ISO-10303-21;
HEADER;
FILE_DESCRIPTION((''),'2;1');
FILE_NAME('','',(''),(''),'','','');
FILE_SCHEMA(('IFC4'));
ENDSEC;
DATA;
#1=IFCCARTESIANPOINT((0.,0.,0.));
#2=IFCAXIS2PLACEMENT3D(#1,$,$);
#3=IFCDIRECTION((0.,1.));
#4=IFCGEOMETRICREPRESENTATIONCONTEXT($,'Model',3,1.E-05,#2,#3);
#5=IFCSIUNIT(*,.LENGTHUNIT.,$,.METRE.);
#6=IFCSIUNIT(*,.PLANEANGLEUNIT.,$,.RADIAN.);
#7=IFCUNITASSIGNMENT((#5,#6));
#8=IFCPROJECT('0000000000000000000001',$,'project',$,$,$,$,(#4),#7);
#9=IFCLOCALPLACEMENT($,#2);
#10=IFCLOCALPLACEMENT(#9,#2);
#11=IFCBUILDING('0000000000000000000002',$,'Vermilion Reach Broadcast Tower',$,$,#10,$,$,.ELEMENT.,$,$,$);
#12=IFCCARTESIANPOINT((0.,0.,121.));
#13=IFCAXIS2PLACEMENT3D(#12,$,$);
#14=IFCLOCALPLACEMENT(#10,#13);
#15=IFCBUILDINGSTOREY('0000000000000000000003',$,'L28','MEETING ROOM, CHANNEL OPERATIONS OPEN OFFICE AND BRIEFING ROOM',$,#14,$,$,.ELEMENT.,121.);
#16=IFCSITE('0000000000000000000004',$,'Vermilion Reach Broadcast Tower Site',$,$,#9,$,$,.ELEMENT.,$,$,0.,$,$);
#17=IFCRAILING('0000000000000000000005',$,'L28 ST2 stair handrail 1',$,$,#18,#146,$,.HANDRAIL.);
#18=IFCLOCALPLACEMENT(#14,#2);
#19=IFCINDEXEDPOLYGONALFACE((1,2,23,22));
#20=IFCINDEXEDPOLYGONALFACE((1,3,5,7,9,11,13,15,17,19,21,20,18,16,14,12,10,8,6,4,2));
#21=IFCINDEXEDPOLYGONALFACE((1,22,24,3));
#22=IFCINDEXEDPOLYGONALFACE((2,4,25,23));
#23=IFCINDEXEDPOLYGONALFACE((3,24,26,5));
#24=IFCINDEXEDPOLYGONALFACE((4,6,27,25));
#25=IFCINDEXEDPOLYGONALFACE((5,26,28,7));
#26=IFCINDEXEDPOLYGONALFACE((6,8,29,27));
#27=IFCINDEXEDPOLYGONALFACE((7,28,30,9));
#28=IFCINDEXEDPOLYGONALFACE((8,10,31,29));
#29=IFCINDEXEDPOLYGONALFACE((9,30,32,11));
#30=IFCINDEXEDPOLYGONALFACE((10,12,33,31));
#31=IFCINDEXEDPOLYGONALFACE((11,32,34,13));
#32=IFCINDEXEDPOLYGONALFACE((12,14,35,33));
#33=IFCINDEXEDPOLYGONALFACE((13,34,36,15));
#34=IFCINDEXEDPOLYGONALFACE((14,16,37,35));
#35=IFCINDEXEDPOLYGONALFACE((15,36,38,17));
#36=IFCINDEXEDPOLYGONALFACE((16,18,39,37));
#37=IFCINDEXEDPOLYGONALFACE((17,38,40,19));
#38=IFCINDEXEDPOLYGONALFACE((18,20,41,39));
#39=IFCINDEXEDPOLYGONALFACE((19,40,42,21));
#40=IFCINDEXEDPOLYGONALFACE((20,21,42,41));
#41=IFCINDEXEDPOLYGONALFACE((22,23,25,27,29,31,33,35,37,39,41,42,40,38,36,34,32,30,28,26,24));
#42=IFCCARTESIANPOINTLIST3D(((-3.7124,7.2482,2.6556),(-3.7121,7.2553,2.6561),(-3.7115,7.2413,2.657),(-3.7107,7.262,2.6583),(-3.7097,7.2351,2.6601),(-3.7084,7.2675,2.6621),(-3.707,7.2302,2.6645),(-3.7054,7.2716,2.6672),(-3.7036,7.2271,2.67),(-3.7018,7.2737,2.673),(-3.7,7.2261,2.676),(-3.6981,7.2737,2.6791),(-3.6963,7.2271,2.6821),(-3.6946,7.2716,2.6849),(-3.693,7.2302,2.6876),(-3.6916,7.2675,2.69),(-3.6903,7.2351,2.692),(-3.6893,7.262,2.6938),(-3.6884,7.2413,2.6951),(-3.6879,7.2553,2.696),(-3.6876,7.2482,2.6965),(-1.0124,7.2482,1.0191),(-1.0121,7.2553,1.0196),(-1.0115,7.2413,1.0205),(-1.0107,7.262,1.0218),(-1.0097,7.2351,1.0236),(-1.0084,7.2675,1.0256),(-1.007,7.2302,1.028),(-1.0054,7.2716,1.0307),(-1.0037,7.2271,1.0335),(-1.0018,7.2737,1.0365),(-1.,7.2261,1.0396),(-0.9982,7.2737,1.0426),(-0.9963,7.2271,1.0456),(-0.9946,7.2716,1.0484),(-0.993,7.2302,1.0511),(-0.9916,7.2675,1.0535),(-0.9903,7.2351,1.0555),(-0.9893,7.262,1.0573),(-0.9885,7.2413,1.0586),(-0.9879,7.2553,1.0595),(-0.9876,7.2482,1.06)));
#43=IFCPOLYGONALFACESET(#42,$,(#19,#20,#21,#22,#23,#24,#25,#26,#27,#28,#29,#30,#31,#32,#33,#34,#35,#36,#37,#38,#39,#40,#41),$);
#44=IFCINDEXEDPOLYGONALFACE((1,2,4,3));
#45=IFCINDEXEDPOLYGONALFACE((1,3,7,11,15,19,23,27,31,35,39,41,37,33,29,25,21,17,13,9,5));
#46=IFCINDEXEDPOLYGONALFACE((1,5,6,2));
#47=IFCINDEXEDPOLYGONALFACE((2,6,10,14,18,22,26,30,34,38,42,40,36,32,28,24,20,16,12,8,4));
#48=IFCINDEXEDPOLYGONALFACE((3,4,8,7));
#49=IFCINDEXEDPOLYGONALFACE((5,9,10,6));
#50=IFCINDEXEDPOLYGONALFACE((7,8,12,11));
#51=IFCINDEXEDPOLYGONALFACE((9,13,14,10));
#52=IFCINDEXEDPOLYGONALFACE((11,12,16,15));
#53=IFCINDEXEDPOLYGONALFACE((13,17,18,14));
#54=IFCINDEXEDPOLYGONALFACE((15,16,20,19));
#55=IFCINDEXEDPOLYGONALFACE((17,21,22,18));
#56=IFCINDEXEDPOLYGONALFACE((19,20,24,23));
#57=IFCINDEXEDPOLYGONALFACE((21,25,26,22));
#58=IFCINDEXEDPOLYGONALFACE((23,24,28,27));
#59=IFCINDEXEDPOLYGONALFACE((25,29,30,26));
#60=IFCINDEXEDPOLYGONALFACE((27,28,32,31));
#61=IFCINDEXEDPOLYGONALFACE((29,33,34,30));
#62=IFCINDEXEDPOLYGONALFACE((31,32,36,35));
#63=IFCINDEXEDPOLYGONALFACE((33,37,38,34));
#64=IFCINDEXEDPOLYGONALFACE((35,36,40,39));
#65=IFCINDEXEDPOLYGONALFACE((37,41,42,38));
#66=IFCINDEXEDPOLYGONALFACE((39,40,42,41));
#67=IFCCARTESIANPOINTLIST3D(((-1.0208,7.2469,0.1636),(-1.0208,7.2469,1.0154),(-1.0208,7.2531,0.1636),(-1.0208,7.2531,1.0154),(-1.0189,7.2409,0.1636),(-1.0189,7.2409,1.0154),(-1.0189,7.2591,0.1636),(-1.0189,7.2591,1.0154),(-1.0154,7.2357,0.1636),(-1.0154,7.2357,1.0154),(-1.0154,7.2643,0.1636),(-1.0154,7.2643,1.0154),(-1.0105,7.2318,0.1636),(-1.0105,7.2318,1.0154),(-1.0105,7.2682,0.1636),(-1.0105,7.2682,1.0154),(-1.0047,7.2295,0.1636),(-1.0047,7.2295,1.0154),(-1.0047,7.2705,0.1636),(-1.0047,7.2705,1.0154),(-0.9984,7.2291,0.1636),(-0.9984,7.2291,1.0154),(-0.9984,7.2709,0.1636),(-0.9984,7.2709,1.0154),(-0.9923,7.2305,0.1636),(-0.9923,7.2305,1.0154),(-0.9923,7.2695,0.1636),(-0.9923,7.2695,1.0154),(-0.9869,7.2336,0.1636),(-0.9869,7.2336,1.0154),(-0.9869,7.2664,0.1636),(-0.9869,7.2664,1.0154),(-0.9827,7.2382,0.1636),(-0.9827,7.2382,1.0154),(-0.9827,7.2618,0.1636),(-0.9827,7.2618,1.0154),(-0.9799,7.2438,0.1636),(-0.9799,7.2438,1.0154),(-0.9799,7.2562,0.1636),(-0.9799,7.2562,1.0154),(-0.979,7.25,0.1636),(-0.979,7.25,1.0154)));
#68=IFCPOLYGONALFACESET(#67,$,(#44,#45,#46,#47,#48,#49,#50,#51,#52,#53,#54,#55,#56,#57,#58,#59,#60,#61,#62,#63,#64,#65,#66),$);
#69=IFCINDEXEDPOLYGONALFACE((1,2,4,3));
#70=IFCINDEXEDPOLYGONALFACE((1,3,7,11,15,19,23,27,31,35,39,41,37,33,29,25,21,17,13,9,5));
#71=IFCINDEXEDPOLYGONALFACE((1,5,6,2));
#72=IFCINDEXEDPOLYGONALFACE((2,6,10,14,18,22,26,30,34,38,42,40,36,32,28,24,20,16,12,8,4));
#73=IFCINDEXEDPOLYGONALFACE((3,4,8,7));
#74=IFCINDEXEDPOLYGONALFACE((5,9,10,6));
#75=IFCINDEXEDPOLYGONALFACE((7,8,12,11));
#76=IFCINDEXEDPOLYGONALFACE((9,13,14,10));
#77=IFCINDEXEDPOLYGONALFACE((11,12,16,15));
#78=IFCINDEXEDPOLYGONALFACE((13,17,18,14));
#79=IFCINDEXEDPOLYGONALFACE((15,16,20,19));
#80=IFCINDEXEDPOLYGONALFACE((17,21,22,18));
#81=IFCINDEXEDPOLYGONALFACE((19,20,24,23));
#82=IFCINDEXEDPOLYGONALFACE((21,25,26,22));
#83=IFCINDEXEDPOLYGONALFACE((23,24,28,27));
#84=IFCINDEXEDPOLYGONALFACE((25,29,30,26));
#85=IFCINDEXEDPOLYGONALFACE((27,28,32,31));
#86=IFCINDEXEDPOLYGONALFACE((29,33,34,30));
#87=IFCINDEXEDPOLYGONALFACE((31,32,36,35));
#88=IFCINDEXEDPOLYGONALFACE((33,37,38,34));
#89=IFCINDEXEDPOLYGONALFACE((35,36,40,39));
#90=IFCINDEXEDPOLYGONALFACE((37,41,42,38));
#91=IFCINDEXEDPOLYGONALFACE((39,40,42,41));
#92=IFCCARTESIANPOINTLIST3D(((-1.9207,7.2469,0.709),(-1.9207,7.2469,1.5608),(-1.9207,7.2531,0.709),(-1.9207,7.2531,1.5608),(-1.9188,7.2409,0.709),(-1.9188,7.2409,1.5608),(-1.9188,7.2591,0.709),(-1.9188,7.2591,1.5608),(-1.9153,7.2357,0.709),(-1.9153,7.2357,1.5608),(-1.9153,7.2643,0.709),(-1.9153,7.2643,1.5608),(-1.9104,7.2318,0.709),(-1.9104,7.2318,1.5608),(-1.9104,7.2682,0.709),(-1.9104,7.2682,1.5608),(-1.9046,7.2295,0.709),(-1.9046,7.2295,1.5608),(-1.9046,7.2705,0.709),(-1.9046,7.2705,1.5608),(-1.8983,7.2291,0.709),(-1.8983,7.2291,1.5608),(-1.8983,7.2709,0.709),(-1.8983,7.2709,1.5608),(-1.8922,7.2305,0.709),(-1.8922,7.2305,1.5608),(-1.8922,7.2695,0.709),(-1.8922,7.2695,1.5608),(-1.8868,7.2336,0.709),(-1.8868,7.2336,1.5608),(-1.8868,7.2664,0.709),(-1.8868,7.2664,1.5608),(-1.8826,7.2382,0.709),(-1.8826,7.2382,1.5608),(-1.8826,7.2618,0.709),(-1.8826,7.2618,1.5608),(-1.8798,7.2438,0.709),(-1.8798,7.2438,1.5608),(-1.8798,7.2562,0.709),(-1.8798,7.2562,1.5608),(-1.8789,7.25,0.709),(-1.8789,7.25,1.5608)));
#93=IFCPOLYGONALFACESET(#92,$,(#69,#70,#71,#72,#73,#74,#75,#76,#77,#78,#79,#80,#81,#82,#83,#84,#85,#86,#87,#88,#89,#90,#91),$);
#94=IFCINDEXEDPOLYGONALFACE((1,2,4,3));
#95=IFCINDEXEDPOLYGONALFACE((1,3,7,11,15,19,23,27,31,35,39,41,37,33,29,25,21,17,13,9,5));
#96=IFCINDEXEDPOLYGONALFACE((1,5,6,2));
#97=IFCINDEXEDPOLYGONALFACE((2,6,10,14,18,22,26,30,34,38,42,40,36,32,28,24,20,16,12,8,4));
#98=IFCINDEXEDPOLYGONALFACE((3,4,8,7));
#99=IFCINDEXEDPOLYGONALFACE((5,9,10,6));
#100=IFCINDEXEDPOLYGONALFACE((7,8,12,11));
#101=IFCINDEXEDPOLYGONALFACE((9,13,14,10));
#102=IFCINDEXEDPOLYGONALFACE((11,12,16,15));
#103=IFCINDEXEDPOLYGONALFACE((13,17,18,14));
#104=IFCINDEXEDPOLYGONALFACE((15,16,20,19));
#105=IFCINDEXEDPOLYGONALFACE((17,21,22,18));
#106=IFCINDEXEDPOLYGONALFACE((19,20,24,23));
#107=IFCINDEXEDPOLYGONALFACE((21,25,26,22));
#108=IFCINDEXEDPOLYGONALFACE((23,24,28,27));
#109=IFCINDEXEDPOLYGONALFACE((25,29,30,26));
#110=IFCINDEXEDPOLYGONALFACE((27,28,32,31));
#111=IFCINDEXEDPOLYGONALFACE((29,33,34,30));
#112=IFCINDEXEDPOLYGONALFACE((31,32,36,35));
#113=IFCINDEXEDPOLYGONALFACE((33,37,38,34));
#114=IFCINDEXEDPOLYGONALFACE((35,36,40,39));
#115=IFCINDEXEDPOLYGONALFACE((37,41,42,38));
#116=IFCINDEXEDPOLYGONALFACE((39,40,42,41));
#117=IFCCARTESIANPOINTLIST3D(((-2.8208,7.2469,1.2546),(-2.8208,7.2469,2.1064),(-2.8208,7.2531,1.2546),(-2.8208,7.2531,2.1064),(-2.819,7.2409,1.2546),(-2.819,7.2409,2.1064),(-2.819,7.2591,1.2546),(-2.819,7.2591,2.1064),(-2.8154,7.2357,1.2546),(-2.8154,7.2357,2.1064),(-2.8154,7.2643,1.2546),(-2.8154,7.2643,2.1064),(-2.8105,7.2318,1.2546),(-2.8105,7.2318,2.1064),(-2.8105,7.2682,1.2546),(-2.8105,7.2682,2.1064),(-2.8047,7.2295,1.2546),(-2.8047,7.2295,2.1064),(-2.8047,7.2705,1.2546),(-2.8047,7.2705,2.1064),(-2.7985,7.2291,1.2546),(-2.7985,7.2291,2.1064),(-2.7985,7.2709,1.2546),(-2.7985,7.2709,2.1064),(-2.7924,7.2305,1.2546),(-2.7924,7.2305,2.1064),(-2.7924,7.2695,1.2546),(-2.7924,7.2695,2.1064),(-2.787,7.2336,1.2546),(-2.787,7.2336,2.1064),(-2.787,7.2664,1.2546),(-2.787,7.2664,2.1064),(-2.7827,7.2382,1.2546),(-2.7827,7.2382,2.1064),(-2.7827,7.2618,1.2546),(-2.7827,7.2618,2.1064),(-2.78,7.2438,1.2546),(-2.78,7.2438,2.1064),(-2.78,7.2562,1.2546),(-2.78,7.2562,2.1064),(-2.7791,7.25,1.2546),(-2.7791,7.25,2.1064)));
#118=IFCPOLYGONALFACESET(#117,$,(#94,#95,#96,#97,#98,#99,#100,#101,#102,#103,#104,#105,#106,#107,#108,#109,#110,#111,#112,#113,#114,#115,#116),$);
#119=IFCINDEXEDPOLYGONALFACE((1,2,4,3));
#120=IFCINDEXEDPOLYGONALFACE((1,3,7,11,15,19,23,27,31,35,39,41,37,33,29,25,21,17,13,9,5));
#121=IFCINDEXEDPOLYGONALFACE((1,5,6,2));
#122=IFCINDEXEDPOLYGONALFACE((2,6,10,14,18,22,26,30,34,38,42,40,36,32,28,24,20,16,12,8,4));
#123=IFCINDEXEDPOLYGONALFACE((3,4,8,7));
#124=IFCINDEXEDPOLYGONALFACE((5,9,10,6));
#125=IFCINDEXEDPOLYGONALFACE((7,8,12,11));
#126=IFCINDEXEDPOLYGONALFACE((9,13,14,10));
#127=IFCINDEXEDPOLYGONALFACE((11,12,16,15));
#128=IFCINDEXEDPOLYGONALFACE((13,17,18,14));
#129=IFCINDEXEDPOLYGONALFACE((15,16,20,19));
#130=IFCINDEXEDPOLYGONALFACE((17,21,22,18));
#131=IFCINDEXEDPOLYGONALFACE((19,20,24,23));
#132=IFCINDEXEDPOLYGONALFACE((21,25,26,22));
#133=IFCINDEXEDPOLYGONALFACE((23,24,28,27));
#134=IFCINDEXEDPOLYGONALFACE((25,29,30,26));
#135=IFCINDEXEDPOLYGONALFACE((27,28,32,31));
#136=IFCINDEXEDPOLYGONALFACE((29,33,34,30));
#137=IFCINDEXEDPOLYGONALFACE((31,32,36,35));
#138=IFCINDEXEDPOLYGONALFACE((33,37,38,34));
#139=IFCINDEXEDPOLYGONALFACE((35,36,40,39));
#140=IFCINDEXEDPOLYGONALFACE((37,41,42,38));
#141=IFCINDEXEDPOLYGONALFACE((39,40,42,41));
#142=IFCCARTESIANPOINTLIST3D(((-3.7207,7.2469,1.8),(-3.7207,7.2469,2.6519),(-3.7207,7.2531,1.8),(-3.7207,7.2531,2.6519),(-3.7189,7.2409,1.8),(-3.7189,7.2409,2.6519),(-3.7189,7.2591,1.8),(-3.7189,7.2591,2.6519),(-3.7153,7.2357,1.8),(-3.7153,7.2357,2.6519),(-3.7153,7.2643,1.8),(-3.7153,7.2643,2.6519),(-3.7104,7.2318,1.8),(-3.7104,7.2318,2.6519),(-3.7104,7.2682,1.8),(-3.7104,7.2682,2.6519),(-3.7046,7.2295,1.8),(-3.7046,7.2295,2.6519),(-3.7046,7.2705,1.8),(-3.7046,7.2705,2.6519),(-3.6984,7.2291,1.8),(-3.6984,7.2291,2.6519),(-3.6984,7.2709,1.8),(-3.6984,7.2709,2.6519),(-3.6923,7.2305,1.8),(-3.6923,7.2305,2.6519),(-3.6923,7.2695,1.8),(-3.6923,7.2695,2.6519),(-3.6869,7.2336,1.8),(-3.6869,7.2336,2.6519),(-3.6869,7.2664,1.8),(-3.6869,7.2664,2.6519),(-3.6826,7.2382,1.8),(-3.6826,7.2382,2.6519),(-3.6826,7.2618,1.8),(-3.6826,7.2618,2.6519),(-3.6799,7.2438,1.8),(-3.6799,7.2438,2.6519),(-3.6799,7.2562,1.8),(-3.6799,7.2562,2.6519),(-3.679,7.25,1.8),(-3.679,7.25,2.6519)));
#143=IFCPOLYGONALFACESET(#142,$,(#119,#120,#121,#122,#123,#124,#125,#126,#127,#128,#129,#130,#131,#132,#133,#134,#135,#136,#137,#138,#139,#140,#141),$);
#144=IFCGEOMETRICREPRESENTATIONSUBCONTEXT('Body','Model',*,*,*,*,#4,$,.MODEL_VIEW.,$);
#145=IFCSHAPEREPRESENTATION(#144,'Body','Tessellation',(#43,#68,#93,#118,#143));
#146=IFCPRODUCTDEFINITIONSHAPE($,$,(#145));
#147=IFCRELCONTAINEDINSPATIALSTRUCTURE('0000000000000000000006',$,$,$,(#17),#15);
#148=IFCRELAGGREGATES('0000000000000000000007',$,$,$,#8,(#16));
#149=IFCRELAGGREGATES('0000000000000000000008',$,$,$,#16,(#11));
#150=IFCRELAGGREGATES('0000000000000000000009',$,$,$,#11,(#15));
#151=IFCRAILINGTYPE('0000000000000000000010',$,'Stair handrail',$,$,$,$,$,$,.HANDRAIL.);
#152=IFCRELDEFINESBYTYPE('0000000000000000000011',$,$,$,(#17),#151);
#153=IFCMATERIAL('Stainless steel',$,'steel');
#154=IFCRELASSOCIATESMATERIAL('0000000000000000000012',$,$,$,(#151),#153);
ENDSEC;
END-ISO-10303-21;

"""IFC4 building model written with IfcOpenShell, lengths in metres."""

from ifc_helpers import new_model, si_unit, direction, frame, origin, origin_2d, place, context, subcontext, project, spatial, circle, extrude, material, type_object, element, save


model = new_model("IFC4")

# Units and contexts
model_context = context("Model", 3, precision=1e-05, world=origin(), true_north=direction((0.0, 1.0)))
body_context = subcontext(model_context, "Body", "Model", "MODEL_VIEW")
ifc_project = project(units=[si_unit("LENGTHUNIT", "METRE"), si_unit("PLANEANGLEUNIT", "RADIAN")], contexts=[model_context])

# Site, building, storey
site_placement = place(None, origin())
site = spatial("IfcSite", under=ifc_project, at=site_placement, Name="Vermilion Reach Broadcast Tower Site", CompositionType="ELEMENT", RefElevation=0.0)
building_placement = place(site_placement, origin())
building = spatial("IfcBuilding", under=site, at=building_placement, Name="Vermilion Reach Broadcast Tower", CompositionType="ELEMENT")
storey_placement = place(building_placement, frame((0.0, 0.0, 121.0)))
storey = spatial("IfcBuildingStorey", under=building, at=storey_placement, Name="L28", Description="MEETING ROOM, CHANNEL OPERATIONS OPEN OFFICE AND BRIEFING ROOM", CompositionType="ELEMENT", Elevation=121.0)

# Railing
ifc_material_1 = material(Name="Stainless steel", Category="steel")
railing_type_1 = type_object("IfcRailingType", Name="Stair handrail", PredefinedType="HANDRAIL", material=ifc_material_1)
railing_1_placement = place(storey_placement, frame((-1.0, 7.25, 0.1636)))
element("IfcRailing", 1, at=railing_1_placement, inside=storey, type_object=railing_type_1, Name="L28 ST2 stair handrail 1", PredefinedType="HANDRAIL", context=body_context, shape_type="SweptSolid", body=[
    extrude(circle(Radius=0.0239, at=origin_2d()), frame((0.0, 0.0, 0.876), z_axis=(-0.855178, 0.0, 0.518334), x_axis=(0.0, -1.0, 0.0)), (0.0, 0.0, 1.0), 3.1572),
    extrude(circle(Radius=0.021, at=origin_2d()), origin(), (0.0, 0.0, 1.0), 0.8518),
    extrude(circle(Radius=0.021, at=origin_2d()), frame((-0.8999, 0.0, 0.5454)), (0.0, 0.0, 1.0), 0.8518),
    extrude(circle(Radius=0.021, at=origin_2d()), frame((-1.8, 0.0, 1.0911)), (0.0, 0.0, 1.0), 0.8518),
    extrude(circle(Radius=0.021, at=origin_2d()), frame((-2.7, 0.0, 1.6365)), (0.0, 0.0, 1.0), 0.8518),
])

save(model, "model.ifc")
